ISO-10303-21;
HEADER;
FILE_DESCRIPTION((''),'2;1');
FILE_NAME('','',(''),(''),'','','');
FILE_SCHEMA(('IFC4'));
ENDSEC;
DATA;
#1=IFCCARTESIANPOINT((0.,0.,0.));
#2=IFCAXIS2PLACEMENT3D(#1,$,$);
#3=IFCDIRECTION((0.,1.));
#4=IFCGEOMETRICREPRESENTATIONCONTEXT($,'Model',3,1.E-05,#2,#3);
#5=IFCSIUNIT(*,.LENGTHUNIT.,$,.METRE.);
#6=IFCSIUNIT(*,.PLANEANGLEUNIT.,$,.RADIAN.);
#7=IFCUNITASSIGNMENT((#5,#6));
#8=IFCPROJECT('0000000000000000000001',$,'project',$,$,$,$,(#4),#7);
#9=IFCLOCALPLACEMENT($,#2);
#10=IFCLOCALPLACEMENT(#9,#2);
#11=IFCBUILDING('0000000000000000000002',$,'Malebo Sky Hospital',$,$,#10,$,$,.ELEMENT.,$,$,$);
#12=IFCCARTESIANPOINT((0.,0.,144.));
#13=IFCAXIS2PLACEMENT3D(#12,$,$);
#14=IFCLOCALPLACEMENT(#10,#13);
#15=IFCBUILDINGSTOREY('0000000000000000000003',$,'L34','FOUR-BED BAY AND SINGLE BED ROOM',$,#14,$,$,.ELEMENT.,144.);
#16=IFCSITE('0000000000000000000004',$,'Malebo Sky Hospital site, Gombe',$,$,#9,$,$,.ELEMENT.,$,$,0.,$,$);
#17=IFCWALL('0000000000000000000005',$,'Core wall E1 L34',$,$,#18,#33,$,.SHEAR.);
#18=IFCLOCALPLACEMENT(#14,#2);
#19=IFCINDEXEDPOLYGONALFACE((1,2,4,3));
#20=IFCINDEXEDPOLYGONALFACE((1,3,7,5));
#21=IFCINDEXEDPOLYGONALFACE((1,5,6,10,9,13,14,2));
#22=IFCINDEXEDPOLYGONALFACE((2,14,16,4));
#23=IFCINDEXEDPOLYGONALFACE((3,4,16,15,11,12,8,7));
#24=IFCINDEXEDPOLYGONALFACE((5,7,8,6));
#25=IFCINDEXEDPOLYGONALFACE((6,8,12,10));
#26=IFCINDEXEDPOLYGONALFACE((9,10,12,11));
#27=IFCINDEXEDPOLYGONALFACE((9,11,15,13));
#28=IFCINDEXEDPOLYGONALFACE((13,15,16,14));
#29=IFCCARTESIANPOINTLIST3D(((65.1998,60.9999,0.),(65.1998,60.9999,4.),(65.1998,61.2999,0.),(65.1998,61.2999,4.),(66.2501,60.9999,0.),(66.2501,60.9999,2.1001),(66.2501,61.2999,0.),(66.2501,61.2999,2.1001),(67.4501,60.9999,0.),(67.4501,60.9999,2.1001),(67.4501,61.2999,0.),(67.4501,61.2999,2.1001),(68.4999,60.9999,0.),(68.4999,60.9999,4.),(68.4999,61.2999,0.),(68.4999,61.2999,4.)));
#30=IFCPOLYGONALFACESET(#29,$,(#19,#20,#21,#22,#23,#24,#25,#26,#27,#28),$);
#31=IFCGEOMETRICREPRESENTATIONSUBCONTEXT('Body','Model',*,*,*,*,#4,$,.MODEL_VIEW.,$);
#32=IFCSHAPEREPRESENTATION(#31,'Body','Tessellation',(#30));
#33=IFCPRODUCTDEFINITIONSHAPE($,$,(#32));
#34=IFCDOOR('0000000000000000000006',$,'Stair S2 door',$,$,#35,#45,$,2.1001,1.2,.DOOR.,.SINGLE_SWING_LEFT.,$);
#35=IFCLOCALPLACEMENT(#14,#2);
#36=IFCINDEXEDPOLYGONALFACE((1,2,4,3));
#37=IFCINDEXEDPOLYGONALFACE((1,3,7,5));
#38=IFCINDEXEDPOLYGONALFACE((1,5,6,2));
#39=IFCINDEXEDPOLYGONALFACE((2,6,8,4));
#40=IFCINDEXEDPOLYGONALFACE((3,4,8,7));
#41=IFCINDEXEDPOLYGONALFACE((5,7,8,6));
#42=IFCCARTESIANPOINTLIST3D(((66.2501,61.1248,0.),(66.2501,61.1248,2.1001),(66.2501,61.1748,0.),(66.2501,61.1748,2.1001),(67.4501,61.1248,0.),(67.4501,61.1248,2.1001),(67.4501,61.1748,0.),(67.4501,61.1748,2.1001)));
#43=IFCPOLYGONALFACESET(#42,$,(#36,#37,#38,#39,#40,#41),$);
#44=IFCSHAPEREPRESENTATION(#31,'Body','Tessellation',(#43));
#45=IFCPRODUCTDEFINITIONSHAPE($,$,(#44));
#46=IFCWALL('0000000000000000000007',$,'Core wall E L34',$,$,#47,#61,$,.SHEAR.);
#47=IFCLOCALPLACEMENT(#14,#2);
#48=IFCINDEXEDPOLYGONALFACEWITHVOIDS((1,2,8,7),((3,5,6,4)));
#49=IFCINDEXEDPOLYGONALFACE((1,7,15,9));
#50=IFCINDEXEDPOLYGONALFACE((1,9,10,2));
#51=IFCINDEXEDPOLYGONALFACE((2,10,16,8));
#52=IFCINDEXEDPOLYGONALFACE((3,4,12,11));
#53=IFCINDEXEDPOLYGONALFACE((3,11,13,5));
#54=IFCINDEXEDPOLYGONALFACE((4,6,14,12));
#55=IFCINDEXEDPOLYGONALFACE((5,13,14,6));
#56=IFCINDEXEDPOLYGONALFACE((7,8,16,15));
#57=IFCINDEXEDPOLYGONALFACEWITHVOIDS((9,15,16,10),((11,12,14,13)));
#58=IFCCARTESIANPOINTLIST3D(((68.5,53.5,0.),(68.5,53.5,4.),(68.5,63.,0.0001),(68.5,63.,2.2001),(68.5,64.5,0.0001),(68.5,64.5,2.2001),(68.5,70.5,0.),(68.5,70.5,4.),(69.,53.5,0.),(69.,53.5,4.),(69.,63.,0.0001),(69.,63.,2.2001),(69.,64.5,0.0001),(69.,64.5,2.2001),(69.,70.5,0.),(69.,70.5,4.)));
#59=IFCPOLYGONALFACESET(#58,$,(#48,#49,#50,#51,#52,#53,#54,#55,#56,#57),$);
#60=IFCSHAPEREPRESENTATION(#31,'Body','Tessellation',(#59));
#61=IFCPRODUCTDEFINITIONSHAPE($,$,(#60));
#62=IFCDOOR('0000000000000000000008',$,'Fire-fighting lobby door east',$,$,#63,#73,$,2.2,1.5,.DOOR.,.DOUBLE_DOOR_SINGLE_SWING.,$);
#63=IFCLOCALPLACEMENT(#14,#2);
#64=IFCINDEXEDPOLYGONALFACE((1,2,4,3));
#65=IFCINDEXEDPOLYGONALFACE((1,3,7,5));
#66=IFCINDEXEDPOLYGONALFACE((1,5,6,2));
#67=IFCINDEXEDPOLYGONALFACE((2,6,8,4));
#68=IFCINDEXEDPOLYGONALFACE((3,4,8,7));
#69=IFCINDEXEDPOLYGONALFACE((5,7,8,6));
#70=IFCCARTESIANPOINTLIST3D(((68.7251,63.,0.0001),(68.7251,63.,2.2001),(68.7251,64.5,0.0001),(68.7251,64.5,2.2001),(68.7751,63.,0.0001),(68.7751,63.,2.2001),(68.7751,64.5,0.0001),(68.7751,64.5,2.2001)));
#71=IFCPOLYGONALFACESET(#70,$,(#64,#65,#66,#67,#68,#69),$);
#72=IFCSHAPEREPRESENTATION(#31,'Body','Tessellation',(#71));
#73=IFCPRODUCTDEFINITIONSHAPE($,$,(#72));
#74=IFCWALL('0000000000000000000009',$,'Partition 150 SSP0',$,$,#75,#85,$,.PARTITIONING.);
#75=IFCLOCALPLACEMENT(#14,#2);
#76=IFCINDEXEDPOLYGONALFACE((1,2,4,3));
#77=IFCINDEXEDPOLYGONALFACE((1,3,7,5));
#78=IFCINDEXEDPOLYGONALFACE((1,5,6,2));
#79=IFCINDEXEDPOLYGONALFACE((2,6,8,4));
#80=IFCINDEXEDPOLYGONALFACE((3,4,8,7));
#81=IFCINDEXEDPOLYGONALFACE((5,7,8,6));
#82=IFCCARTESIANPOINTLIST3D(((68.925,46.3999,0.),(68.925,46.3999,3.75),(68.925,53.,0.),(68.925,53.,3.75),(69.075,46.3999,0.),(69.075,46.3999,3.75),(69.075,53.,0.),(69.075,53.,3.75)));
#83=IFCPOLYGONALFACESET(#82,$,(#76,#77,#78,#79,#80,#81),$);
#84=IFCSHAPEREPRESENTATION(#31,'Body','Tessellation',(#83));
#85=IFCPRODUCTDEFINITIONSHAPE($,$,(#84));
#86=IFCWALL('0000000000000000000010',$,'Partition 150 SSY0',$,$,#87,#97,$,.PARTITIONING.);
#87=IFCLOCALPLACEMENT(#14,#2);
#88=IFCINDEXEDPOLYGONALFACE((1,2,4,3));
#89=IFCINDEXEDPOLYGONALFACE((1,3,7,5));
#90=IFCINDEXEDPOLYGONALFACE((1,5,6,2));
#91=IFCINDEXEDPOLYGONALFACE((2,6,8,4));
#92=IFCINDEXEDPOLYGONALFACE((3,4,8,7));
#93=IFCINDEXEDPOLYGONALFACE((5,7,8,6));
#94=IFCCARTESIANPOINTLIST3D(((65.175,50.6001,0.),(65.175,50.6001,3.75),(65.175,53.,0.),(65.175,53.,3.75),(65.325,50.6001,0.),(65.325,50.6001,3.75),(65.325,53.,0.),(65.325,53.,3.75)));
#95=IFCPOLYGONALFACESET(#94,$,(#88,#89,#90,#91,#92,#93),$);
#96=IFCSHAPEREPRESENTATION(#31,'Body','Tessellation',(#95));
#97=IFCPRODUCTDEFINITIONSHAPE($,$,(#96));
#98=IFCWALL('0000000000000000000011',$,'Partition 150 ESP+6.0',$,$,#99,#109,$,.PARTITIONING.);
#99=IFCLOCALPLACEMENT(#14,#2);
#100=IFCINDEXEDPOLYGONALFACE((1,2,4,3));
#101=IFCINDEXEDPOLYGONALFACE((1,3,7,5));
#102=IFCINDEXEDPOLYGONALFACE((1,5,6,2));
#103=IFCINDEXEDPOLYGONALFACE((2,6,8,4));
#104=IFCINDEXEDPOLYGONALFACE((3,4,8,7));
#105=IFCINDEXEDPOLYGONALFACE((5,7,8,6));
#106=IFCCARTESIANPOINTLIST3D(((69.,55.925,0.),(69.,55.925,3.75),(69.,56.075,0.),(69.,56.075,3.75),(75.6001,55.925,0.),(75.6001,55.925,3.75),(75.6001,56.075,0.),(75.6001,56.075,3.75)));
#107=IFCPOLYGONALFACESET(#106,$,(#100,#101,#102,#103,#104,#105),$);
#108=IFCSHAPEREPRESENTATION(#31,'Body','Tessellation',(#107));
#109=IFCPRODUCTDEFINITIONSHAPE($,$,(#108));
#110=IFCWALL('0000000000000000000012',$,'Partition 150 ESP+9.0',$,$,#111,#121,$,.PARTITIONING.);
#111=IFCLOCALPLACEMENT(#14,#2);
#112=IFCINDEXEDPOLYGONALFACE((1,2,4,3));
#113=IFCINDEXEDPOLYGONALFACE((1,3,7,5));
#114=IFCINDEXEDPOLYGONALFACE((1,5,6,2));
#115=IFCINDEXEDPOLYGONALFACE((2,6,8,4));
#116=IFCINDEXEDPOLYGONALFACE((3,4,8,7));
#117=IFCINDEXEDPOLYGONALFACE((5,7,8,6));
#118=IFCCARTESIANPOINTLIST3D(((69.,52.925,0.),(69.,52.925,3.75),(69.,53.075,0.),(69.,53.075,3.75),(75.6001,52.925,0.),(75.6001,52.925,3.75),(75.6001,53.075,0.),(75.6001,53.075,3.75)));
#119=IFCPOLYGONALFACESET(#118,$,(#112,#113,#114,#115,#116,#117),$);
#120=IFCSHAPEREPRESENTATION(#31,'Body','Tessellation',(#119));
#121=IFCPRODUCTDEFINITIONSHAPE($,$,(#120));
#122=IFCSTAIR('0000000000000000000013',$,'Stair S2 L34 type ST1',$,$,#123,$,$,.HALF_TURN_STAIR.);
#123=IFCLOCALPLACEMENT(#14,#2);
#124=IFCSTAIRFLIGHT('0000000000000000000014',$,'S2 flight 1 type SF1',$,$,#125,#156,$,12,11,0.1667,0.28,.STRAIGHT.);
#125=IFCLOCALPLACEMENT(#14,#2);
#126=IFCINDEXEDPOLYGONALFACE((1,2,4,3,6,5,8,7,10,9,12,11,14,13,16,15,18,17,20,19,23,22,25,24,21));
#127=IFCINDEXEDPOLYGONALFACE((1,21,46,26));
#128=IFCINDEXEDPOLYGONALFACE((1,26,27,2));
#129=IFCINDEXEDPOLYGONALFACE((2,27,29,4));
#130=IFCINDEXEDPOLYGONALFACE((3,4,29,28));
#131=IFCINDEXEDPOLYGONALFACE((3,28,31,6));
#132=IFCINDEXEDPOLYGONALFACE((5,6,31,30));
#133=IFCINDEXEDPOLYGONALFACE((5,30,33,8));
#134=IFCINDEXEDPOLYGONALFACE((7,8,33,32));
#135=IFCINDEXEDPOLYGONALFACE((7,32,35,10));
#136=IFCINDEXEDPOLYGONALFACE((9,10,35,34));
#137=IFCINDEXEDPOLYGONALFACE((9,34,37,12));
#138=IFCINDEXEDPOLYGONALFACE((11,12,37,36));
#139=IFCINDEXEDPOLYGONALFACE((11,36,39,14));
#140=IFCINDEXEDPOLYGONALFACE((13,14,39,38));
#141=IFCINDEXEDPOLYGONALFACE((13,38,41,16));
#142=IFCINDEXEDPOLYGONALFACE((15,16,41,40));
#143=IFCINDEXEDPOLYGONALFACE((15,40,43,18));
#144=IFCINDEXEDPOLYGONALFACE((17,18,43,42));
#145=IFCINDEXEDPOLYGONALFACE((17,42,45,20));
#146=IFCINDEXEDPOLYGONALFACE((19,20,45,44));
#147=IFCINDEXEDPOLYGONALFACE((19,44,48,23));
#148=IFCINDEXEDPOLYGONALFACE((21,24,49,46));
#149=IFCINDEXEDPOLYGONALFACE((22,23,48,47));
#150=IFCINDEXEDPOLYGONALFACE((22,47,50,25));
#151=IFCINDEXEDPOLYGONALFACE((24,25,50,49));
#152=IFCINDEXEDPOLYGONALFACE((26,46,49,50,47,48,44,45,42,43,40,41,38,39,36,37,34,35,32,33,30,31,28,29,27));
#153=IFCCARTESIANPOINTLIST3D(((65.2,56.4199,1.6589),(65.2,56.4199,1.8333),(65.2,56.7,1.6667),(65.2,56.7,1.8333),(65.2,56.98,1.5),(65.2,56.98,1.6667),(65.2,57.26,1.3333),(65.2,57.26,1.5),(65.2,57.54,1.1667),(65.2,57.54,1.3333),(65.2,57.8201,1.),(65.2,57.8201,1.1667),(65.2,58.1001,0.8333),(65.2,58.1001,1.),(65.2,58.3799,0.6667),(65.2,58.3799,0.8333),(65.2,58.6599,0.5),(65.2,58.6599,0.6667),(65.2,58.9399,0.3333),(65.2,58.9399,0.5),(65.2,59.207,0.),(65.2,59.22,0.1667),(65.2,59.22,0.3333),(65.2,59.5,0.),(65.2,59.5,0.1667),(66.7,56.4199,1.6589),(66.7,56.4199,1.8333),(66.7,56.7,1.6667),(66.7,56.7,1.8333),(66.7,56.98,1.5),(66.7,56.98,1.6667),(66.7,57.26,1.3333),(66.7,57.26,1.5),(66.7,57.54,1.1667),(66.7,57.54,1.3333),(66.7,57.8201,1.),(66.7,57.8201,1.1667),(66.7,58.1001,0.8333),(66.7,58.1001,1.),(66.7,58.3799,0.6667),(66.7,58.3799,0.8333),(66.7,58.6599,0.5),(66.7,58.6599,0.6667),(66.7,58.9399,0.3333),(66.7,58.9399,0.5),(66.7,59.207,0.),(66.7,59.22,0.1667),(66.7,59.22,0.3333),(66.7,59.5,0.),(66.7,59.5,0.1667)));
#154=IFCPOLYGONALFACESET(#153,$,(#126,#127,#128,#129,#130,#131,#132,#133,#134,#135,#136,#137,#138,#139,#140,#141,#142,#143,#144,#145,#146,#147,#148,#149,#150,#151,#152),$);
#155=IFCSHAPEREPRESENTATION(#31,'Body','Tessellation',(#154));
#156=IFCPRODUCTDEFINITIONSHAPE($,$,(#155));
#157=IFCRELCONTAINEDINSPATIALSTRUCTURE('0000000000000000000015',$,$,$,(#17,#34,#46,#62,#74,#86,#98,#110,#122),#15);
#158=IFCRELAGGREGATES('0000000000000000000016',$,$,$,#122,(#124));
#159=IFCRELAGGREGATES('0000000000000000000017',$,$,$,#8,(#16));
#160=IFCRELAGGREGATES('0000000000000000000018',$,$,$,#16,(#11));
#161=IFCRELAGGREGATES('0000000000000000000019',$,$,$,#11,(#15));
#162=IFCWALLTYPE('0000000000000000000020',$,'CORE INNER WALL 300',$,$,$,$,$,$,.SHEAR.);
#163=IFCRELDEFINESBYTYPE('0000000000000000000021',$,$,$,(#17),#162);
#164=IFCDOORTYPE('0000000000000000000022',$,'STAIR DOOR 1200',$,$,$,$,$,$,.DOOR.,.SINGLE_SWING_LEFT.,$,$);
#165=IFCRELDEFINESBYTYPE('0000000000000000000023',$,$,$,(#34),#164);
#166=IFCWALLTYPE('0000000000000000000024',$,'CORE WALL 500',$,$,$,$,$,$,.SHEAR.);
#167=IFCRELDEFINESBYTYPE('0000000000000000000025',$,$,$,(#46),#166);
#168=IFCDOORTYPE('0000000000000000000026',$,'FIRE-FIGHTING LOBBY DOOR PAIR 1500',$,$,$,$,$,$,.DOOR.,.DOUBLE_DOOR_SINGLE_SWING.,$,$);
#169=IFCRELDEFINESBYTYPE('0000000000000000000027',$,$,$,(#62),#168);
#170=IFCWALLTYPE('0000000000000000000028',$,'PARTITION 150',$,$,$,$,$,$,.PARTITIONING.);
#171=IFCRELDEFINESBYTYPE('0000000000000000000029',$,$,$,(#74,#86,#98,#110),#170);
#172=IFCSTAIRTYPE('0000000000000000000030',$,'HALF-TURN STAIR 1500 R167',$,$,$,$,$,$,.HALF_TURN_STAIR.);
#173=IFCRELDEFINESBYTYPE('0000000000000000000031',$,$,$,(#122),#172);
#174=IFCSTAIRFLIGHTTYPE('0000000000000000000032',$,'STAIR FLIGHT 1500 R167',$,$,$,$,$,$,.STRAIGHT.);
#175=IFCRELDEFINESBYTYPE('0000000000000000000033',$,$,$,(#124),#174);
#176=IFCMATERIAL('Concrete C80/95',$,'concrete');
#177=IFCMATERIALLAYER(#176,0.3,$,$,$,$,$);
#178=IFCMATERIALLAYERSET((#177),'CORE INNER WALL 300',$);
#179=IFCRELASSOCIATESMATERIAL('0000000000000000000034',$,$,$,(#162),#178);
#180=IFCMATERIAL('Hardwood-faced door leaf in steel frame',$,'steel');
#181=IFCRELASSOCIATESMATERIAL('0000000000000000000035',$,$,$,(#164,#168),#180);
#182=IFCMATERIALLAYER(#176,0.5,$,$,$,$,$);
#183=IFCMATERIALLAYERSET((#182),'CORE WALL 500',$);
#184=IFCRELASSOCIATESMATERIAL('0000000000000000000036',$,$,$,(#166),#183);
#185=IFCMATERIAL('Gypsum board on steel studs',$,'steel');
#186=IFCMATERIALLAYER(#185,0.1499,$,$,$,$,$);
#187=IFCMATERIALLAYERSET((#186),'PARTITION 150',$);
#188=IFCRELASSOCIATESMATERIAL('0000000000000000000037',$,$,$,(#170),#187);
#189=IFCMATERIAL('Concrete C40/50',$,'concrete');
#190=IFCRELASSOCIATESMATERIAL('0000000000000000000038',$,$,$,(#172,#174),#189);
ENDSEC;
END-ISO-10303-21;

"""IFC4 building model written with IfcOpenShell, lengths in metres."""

from ifc_helpers import new_model, si_unit, direction, frame, frame_2d, origin, place, context, subcontext, project, spatial, polyline, rectangle, outline, extrude, material, layer, layer_set, type_object, element, fill, aggregate, save


model = new_model("IFC4")

# Units and contexts
model_context = context("Model", 3, precision=1e-05, world=origin(), true_north=direction((0.0, 1.0)))
body_context = subcontext(model_context, "Body", "Model", "MODEL_VIEW")
ifc_project = project(units=[si_unit("LENGTHUNIT", "METRE"), si_unit("PLANEANGLEUNIT", "RADIAN")], contexts=[model_context])

# Site, building, storey
site_placement = place(None, origin())
site = spatial("IfcSite", under=ifc_project, at=site_placement, Name="Malebo Sky Hospital site, Gombe", CompositionType="ELEMENT", RefElevation=0.0)
building_placement = place(site_placement, origin())
building = spatial("IfcBuilding", under=site, at=building_placement, Name="Malebo Sky Hospital", CompositionType="ELEMENT")
storey_placement = place(building_placement, frame((0.0, 0.0, 144.0)))
storey = spatial("IfcBuildingStorey", under=building, at=storey_placement, Name="L34", Description="FOUR-BED BAY AND SINGLE BED ROOM", CompositionType="ELEMENT", Elevation=144.0)

# Shared definitions
ifc_material_1 = material(Name="Concrete C80/95", Category="concrete")

# Shared definitions
ifc_layer_1 = layer(ifc_material_1, 0.3)
ifc_layer_set_1 = layer_set([ifc_layer_1], Name="CORE INNER WALL 300")
wall_type_1 = type_object("IfcWallType", Name="CORE INNER WALL 300", PredefinedType="SHEAR", material=ifc_layer_set_1)

# Walls, openings, doors
wall_1_placement = place(storey_placement, frame((65.2, 61.1499, 0.0), z_axis=(0.0, 0.0, 1.0), x_axis=(1.0, 0.0, 0.0)))
wall_1 = element("IfcWall", 1, at=wall_1_placement, inside=storey, type_object=wall_type_1, Name="Core wall E1 L34", PredefinedType="SHEAR", context=body_context, shape_type="SweptSolid", body=[
    extrude(rectangle(XDim=3.3, YDim=0.3, at=frame_2d((1.6499, 0.0))), origin(), (0.0, 0.0, 1.0), 4.0),
])
opening_1_placement = place(wall_1_placement, frame((1.05, 0.0, 0.0)))
opening_1 = element("IfcOpeningElement", 2, at=opening_1_placement, cuts=wall_1, PredefinedType="OPENING", context=body_context, shape_type="SweptSolid", body=[
    extrude(rectangle(XDim=1.2, YDim=2.1001, at=frame_2d((0.6001, 1.05))), frame((0.0, 0.1599, 0.0), z_axis=(0.0, -1.0, 0.0), x_axis=(1.0, 0.0, 0.0)), (0.0, 0.0, 1.0), 0.3201),
])
ifc_material_2 = material(Name="Hardwood-faced door leaf in steel frame", Category="steel")
door_type_1 = type_object("IfcDoorType", Name="STAIR DOOR 1200", OperationType="SINGLE_SWING_LEFT", PredefinedType="DOOR", material=ifc_material_2)
door_1_placement = place(opening_1_placement, origin())
door_1 = element("IfcDoor", 3, at=door_1_placement, inside=storey, type_object=door_type_1, Name="Stair S2 door", OperationType="SINGLE_SWING_LEFT", OverallHeight=2.1001, OverallWidth=1.2, PredefinedType="DOOR", context=body_context, shape_type="SweptSolid", body=[
    extrude(rectangle(XDim=1.2, YDim=2.1001, at=frame_2d((0.6001, 1.05))), frame((0.0, 0.0249, 0.0), z_axis=(0.0, -1.0, 0.0), x_axis=(1.0, 0.0, 0.0)), (0.0, 0.0, 1.0), 0.05),
])
fill(opening_1, door_1)
ifc_layer_2 = layer(ifc_material_1, 0.5)
ifc_layer_set_2 = layer_set([ifc_layer_2], Name="CORE WALL 500")
wall_type_2 = type_object("IfcWallType", Name="CORE WALL 500", PredefinedType="SHEAR", material=ifc_layer_set_2)
wall_2_placement = place(storey_placement, frame((68.75, 53.5, 0.0), z_axis=(0.0, 0.0, 1.0), x_axis=(0.0, 1.0, 0.0)))
wall_2 = element("IfcWall", 4, at=wall_2_placement, inside=storey, type_object=wall_type_2, Name="Core wall E L34", PredefinedType="SHEAR", context=body_context, shape_type="SweptSolid", body=[
    extrude(rectangle(XDim=17.0, YDim=0.5, at=frame_2d((8.5, 0.0))), origin(), (0.0, 0.0, 1.0), 4.0),
])
opening_2_placement = place(wall_2_placement, frame((9.5, 0.0, 0.0)))
opening_2 = element("IfcOpeningElement", 5, at=opening_2_placement, cuts=wall_2, PredefinedType="OPENING", context=body_context, shape_type="SweptSolid", body=[
    extrude(rectangle(XDim=1.5, YDim=2.2, at=frame_2d((0.75, 1.1001))), frame((0.0, 0.26, 0.0), z_axis=(0.0, -1.0, 0.0), x_axis=(1.0, 0.0, 0.0)), (0.0, 0.0, 1.0), 0.52),
])
door_type_2 = type_object("IfcDoorType", Name="FIRE-FIGHTING LOBBY DOOR PAIR 1500", OperationType="DOUBLE_DOOR_SINGLE_SWING", PredefinedType="DOOR", material=ifc_material_2)
door_2_placement = place(opening_2_placement, origin())
door_2 = element("IfcDoor", 6, at=door_2_placement, inside=storey, type_object=door_type_2, Name="Fire-fighting lobby door east", OperationType="DOUBLE_DOOR_SINGLE_SWING", OverallHeight=2.2, OverallWidth=1.5, PredefinedType="DOOR", context=body_context, shape_type="SweptSolid", body=[
    extrude(rectangle(XDim=1.5, YDim=2.2, at=frame_2d((0.75, 1.1001))), frame((0.0, 0.0249, 0.0), z_axis=(0.0, -1.0, 0.0), x_axis=(1.0, 0.0, 0.0)), (0.0, 0.0, 1.0), 0.05),
])
fill(opening_2, door_2)

# Walls
ifc_material_3 = material(Name="Gypsum board on steel studs", Category="steel")
ifc_layer_3 = layer(ifc_material_3, 0.1499)
ifc_layer_set_3 = layer_set([ifc_layer_3], Name="PARTITION 150")
wall_type_3 = type_object("IfcWallType", Name="PARTITION 150", PredefinedType="PARTITIONING", material=ifc_layer_set_3)
wall_3_placement = place(storey_placement, frame((69.0, 53.0, 0.0), z_axis=(0.0, 0.0, 1.0), x_axis=(0.0, -1.0, 0.0)))
element("IfcWall", 7, at=wall_3_placement, inside=storey, type_object=wall_type_3, Name="Partition 150 SSP0", PredefinedType="PARTITIONING", context=body_context, shape_type="SweptSolid", body=[
    extrude(rectangle(XDim=6.6001, YDim=0.1499, at=frame_2d((3.3, 0.0))), origin(), (0.0, 0.0, 1.0), 3.75),
])
wall_4_placement = place(storey_placement, frame((65.25, 53.0, 0.0), z_axis=(0.0, 0.0, 1.0), x_axis=(0.0, -1.0, 0.0)))
element("IfcWall", 8, at=wall_4_placement, inside=storey, type_object=wall_type_3, Name="Partition 150 SSY0", PredefinedType="PARTITIONING", context=body_context, shape_type="SweptSolid", body=[
    extrude(rectangle(XDim=2.3999, YDim=0.1499, at=frame_2d((1.2, 0.0))), origin(), (0.0, 0.0, 1.0), 3.75),
])
for number, where, z_axis, x_axis, name in (
    (9, (69.0, 56.0, 0.0), (0.0, 0.0, 1.0), (1.0, 0.0, 0.0), "Partition 150 ESP+6.0"),
    (10, (69.0, 53.0, 0.0), (0.0, 0.0, 1.0), (1.0, 0.0, 0.0), "Partition 150 ESP+9.0"),
):
    element("IfcWall", number, at=place(storey_placement, frame(where, z_axis=z_axis, x_axis=x_axis)), inside=storey, type_object=wall_type_3, Name=name, PredefinedType="PARTITIONING", context=body_context, shape_type="SweptSolid", body=[
        extrude(rectangle(XDim=6.6001, YDim=0.1499, at=frame_2d((3.3, 0.0))), origin(), (0.0, 0.0, 1.0), 3.75),
    ])

# Stair, stair flight
ifc_material_4 = material(Name="Concrete C40/50", Category="concrete")
stair_type = type_object("IfcStairType", Name="HALF-TURN STAIR 1500 R167", PredefinedType="HALF_TURN_STAIR", material=ifc_material_4)
stair_placement = place(storey_placement, origin())
stair = element("IfcStair", 11, at=stair_placement, inside=storey, type_object=stair_type, Name="Stair S2 L34 type ST1", PredefinedType="HALF_TURN_STAIR")
stair_flight_type = type_object("IfcStairFlightType", Name="STAIR FLIGHT 1500 R167", PredefinedType="STRAIGHT", material=ifc_material_4)
stair_flight_1_placement = place(storey_placement, frame((65.95, 59.5, 0.0), z_axis=(0.0, 0.0, 1.0), x_axis=(0.0, -1.0, 0.0)))
stair_flight_1 = element("IfcStairFlight", 12, at=stair_flight_1_placement, type_object=stair_flight_type, Name="S2 flight 1 type SF1", NumberOfRisers=12, NumberOfTreads=11, PredefinedType="STRAIGHT", RiserHeight=0.1667, TreadLength=0.28, context=body_context, shape_type="SweptSolid", body=[
    extrude(outline(polyline([(0.0, 0.0), (0.0, 0.1667), (0.28, 0.1667), (0.28, 0.3333), (0.5601, 0.3333), (0.5601, 0.5), (0.8401, 0.5), (0.8401, 0.6667), (1.1201, 0.6667), (1.1201, 0.8333), (1.3999, 0.8333), (1.3999, 1.0), (1.6799, 1.0), (1.6799, 1.1667), (1.96, 1.1667), (1.96, 1.3333), (2.24, 1.3333), (2.24, 1.5), (2.52, 1.5), (2.52, 1.6667), (2.8, 1.6667), (2.8, 1.8333), (3.0801, 1.8333), (3.0801, 2.0), (3.0801, 1.6589), (0.293, 0.0), (0.0, 0.0)])), frame((0.0, 0.75, 0.0), z_axis=(0.0, -1.0, 0.0), x_axis=(1.0, 0.0, 0.0)), (0.0, 0.0, 1.0), 1.5),
])
aggregate(stair, [stair_flight_1])

save(model, "model.ifc")
